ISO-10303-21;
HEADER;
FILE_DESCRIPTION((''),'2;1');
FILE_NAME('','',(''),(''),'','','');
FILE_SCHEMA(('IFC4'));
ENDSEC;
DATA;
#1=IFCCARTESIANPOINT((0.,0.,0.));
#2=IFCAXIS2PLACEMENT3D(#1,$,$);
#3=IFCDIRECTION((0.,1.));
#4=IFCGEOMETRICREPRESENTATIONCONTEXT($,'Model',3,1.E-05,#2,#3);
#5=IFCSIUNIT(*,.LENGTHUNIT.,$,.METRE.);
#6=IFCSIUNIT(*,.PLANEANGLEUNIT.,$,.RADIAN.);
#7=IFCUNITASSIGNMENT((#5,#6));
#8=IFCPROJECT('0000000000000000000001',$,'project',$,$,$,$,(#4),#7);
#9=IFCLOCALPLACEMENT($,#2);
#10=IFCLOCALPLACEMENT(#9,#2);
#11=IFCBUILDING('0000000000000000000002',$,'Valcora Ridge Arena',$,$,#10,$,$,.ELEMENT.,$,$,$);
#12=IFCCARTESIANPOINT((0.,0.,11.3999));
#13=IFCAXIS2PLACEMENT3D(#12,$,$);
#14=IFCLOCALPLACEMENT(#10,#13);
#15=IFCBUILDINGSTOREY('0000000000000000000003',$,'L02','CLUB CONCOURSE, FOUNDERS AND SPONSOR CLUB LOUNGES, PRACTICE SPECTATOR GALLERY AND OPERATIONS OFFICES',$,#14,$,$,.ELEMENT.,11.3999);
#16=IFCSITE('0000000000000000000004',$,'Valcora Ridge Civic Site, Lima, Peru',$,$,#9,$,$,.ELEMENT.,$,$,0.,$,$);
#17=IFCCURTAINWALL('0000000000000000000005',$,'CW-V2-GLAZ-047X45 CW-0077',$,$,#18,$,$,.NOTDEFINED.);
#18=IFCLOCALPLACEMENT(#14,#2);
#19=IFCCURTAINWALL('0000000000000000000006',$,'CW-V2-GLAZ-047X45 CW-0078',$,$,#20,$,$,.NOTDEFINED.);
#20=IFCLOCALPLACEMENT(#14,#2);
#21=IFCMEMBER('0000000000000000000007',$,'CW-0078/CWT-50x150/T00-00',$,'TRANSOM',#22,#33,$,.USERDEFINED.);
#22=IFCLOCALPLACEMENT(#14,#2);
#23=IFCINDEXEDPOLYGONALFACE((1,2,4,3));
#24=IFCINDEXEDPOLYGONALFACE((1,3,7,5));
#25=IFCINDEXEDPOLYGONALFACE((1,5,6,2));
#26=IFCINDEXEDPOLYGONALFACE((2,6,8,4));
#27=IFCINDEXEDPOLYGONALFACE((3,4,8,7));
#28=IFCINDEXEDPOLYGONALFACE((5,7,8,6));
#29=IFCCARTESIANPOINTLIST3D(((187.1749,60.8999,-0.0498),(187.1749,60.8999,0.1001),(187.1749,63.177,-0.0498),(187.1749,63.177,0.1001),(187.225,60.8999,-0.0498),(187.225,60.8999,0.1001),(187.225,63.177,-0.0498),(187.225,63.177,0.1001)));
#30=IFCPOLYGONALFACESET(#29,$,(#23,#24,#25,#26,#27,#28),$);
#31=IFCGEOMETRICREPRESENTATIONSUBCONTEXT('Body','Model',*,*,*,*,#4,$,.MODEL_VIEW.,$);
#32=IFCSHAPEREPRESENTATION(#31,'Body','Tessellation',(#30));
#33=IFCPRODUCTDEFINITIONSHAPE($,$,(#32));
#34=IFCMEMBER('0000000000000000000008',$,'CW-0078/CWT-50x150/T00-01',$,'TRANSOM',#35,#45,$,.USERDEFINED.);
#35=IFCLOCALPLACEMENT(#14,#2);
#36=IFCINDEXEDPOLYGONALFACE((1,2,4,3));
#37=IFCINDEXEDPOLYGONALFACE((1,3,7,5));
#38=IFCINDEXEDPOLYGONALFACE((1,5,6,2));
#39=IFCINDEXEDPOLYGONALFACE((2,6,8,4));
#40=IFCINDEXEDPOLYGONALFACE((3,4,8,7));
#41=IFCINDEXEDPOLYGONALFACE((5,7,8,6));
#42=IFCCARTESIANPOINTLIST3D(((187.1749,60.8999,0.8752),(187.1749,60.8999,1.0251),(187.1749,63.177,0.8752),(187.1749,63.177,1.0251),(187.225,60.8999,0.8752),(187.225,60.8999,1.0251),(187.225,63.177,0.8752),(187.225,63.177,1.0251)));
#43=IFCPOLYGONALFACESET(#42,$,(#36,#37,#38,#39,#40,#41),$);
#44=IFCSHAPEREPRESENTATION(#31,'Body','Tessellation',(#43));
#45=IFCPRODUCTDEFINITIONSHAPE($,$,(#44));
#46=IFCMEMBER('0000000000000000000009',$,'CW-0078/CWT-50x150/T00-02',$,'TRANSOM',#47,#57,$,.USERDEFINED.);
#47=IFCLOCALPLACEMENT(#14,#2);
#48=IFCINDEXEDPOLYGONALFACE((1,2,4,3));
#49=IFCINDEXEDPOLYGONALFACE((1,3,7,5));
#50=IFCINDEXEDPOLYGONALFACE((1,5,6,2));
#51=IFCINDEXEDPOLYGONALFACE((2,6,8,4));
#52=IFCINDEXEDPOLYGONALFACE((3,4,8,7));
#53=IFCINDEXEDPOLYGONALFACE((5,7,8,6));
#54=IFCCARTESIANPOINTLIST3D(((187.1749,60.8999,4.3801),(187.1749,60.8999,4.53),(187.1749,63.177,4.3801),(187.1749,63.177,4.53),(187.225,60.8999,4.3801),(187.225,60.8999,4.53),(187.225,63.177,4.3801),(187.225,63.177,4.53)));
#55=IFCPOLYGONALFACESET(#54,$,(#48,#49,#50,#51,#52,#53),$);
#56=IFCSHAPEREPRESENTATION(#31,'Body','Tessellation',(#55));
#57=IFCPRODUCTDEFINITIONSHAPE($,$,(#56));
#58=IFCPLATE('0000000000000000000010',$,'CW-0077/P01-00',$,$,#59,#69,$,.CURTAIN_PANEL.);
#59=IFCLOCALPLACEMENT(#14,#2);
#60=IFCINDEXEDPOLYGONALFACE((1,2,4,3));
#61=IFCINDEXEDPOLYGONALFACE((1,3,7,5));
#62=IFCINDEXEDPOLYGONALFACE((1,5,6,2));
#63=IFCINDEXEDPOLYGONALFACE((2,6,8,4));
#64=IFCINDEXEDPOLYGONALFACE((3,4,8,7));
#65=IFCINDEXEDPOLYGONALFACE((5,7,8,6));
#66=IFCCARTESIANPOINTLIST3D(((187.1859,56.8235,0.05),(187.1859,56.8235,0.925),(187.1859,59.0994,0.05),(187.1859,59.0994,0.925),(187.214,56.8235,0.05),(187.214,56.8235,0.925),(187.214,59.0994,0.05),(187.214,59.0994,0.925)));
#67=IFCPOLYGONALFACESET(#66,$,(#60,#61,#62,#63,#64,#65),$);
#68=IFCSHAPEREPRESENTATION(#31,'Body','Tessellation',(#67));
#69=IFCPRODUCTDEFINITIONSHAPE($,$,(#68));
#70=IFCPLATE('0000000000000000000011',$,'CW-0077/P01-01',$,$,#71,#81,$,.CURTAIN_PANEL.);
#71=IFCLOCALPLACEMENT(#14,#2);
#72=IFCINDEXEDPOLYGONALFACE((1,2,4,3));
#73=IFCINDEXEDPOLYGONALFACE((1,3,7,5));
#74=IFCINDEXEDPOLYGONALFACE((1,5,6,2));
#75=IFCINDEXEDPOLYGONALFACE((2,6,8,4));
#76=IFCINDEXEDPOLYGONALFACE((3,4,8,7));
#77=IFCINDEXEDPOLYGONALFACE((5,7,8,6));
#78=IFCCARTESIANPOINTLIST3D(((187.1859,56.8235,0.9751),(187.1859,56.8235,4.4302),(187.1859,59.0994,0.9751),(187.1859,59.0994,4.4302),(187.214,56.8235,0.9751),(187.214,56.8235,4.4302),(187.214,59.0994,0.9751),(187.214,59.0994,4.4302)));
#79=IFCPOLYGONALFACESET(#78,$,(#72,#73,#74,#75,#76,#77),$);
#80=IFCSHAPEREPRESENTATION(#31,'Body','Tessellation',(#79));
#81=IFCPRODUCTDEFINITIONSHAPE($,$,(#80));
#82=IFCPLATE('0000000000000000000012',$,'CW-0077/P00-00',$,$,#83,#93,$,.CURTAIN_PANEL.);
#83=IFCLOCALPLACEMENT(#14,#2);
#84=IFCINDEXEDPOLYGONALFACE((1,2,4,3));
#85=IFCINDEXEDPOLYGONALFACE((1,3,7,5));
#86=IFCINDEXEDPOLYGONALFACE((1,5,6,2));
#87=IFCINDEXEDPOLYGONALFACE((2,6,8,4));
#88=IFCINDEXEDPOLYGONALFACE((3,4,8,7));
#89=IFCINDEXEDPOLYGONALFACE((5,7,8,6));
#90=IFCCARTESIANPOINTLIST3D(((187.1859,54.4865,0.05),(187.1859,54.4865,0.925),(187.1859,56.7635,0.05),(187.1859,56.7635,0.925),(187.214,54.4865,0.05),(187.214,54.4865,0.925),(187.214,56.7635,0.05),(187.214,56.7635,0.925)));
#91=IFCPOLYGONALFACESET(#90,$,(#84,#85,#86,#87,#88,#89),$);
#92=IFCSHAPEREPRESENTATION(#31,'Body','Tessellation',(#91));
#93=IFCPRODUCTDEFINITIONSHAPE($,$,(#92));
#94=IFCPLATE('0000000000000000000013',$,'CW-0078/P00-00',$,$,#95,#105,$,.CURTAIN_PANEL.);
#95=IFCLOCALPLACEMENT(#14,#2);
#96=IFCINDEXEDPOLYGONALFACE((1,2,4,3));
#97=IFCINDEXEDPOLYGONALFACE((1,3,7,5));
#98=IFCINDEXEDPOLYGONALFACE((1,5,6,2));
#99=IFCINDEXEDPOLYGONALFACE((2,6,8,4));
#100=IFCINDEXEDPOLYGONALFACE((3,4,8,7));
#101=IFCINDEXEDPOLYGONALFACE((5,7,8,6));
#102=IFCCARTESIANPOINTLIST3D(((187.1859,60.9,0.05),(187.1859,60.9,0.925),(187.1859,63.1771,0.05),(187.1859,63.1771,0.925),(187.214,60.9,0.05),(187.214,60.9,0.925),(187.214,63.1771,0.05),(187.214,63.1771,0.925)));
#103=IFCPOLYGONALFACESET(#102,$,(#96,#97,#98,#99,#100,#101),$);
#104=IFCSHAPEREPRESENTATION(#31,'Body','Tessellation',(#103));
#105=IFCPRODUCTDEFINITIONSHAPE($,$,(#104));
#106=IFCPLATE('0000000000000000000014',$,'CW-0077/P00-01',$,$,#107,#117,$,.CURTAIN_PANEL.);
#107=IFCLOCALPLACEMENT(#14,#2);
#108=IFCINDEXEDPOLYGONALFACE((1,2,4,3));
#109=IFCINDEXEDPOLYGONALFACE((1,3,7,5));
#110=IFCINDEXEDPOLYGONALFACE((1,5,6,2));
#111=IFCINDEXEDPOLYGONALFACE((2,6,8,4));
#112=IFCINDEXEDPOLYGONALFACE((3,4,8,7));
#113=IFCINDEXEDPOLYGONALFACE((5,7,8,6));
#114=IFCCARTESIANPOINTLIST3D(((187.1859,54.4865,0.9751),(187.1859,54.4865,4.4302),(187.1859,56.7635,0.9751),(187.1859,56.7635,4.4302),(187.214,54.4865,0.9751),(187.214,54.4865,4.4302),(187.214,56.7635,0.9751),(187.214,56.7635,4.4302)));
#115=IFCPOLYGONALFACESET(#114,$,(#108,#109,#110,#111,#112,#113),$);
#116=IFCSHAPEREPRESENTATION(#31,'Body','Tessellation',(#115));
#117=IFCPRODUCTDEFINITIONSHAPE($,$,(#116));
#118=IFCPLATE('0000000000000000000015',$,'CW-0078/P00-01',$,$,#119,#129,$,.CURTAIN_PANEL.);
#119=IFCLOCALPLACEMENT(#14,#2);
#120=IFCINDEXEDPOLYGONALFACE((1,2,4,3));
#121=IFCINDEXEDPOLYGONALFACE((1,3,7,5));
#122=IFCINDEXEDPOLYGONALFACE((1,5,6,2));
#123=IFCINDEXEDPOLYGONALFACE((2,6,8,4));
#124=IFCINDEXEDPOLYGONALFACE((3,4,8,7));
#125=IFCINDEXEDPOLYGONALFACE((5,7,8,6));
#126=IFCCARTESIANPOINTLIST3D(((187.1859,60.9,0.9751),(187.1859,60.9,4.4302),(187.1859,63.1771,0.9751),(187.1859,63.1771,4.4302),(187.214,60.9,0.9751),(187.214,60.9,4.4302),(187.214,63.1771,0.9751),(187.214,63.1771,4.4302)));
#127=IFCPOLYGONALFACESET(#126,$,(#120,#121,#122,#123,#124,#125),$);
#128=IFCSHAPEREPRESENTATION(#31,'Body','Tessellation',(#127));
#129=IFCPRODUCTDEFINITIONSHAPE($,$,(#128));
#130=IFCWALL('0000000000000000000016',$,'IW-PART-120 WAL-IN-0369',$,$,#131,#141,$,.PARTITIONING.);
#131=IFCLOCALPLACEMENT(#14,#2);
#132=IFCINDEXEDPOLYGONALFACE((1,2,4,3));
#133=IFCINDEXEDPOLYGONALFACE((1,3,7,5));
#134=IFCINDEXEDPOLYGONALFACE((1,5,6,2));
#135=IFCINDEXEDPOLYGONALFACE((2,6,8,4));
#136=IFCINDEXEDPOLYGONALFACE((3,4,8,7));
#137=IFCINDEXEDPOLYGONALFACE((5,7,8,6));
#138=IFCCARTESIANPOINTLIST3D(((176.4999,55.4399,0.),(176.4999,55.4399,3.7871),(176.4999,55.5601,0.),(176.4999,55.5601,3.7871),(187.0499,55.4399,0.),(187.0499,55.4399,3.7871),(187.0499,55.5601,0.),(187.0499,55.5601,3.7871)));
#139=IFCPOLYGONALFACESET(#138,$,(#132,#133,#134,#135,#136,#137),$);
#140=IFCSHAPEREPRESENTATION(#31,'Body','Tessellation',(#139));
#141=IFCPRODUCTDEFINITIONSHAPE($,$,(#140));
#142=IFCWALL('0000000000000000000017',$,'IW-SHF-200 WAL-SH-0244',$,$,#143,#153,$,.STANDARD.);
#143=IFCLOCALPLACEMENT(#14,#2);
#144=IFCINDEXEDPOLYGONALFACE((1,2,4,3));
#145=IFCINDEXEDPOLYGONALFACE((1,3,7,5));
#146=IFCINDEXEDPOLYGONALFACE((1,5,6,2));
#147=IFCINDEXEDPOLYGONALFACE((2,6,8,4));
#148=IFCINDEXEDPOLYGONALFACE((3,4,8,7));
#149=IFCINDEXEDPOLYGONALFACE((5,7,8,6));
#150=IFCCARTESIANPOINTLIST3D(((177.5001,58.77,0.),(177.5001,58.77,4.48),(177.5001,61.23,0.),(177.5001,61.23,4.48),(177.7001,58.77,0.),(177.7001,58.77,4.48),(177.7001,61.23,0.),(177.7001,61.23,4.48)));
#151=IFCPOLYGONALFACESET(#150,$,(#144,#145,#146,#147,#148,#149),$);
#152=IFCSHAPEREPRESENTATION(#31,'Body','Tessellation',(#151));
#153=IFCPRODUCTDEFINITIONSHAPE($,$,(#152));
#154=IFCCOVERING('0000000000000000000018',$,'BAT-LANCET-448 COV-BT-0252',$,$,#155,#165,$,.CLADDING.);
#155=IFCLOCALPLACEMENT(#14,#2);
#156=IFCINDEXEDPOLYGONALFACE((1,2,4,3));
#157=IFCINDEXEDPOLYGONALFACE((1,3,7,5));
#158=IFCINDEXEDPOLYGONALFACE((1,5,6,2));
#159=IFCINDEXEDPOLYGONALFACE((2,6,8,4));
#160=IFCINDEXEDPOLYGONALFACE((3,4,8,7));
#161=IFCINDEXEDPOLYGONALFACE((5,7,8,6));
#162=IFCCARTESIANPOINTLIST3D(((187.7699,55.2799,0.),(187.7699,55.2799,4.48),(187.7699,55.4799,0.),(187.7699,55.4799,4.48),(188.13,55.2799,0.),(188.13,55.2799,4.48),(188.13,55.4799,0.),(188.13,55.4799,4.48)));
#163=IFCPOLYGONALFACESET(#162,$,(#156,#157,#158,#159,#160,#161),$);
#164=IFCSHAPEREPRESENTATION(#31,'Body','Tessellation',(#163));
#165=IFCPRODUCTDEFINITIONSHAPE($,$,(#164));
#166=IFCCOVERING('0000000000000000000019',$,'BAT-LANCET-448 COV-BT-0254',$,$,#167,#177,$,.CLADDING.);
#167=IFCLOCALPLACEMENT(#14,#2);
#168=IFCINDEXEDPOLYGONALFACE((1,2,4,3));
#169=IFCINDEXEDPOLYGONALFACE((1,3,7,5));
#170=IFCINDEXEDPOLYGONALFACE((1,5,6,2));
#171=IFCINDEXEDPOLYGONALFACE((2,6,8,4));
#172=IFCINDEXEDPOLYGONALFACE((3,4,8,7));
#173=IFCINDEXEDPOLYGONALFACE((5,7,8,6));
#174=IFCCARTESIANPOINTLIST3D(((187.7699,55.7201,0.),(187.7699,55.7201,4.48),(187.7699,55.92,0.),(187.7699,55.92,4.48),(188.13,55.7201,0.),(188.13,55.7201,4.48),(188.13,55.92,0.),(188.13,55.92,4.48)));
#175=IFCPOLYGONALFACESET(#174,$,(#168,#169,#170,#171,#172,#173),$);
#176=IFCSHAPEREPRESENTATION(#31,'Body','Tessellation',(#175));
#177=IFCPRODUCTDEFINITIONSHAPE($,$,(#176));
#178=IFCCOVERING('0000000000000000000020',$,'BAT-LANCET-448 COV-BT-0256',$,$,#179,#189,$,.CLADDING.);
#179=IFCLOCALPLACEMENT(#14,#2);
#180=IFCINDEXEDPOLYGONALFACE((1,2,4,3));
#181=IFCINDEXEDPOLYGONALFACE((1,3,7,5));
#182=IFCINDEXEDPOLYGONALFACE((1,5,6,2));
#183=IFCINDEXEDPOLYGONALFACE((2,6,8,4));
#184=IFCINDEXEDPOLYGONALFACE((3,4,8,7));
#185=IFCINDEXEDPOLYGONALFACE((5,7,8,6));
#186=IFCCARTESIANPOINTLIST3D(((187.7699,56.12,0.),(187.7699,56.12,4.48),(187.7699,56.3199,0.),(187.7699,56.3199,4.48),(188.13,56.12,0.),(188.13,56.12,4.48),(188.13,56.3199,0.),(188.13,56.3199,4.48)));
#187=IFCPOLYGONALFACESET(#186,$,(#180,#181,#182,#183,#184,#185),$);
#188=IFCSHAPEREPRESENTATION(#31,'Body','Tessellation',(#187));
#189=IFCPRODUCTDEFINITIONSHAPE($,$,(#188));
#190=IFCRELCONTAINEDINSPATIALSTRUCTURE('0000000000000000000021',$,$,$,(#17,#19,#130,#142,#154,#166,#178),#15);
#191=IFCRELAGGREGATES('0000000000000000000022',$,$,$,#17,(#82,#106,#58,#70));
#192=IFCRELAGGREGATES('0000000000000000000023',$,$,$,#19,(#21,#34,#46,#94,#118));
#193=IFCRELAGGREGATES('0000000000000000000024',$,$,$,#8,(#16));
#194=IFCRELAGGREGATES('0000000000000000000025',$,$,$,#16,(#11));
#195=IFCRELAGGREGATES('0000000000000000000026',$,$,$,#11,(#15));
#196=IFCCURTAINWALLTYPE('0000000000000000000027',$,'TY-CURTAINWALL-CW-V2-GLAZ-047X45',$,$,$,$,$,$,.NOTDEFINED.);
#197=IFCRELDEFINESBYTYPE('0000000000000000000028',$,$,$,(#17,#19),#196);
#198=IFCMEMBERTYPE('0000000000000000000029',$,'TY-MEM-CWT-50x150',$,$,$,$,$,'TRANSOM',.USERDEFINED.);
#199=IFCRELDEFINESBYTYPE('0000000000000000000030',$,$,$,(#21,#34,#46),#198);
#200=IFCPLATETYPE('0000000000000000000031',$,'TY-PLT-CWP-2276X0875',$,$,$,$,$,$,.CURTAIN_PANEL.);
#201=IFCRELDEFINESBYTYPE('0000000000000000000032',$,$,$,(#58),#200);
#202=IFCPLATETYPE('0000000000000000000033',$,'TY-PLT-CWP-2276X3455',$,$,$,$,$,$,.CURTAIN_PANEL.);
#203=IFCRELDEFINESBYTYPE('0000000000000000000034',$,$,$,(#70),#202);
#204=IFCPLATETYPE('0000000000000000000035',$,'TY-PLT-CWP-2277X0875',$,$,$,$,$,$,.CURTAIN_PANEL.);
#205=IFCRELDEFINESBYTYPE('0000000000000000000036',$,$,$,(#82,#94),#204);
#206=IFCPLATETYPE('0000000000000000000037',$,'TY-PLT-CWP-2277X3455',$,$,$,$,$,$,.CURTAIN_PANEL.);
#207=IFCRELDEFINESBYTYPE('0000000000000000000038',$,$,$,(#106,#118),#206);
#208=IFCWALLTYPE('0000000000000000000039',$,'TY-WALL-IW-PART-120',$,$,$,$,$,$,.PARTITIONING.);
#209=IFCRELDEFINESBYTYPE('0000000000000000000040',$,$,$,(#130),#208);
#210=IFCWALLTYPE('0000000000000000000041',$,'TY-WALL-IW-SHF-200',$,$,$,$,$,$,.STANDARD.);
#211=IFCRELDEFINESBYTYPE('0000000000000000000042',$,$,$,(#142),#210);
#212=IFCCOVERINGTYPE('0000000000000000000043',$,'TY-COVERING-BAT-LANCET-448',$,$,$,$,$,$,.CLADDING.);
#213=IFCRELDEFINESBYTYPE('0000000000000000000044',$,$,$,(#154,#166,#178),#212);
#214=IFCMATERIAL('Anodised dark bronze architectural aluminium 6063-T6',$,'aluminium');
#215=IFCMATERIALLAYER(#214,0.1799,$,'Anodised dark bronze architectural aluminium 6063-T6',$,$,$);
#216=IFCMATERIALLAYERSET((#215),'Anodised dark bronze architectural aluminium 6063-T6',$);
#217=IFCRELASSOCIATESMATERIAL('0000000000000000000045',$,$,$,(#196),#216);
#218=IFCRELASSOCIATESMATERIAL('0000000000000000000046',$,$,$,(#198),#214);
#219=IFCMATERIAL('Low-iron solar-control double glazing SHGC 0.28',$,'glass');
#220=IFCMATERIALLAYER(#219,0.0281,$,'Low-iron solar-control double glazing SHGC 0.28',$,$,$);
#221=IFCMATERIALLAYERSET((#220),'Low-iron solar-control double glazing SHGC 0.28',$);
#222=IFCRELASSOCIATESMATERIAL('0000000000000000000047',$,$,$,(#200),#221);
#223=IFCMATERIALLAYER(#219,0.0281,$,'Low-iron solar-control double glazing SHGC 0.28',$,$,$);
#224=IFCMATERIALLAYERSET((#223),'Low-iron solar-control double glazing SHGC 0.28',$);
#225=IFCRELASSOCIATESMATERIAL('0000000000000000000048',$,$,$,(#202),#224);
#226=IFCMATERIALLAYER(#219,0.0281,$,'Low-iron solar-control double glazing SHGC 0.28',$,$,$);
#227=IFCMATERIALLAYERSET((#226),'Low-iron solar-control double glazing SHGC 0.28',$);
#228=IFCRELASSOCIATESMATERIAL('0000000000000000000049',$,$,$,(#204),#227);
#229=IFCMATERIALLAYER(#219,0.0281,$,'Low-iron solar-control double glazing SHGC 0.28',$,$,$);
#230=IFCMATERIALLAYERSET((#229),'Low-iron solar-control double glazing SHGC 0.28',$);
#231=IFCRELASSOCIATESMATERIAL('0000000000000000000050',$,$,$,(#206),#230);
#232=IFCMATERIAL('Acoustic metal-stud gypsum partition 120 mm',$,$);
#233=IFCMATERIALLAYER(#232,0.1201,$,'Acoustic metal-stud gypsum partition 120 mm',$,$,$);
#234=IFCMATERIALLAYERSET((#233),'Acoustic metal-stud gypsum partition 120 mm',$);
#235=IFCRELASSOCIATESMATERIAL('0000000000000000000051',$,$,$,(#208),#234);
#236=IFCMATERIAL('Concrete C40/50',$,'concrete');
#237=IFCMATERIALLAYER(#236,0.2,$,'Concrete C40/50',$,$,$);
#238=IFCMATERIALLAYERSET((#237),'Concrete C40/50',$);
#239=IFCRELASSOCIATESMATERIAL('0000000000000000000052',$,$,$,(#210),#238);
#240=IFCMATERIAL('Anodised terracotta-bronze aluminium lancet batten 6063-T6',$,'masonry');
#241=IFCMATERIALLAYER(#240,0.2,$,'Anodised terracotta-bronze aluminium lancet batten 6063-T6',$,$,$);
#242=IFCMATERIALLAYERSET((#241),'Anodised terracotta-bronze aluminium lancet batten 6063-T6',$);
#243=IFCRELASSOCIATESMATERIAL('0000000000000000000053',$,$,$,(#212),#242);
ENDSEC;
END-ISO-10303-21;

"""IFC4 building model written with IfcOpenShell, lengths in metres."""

from ifc_helpers import new_model, si_unit, direction, frame, frame_2d, origin, origin_2d, place, context, subcontext, project, spatial, rectangle, extrude, material, layer, layer_set, material_profile, profile_set, type_object, element, aggregate, save


model = new_model("IFC4")

# Units and contexts
model_context = context("Model", 3, precision=1e-05, world=origin(), true_north=direction((0.0, 1.0)))
body_context = subcontext(model_context, "Body", "Model", "MODEL_VIEW")
ifc_project = project(units=[si_unit("LENGTHUNIT", "METRE"), si_unit("PLANEANGLEUNIT", "RADIAN")], contexts=[model_context])

# Site, building, storey
site_placement = place(None, origin())
site = spatial("IfcSite", under=ifc_project, at=site_placement, Name="Valcora Ridge Civic Site, Lima, Peru", CompositionType="ELEMENT", RefElevation=0.0)
building_placement = place(site_placement, origin())
building = spatial("IfcBuilding", under=site, at=building_placement, Name="Valcora Ridge Arena", CompositionType="ELEMENT")
storey_placement = place(building_placement, frame((0.0, 0.0, 11.3999)))
storey = spatial("IfcBuildingStorey", under=building, at=storey_placement, Name="L02", Description="CLUB CONCOURSE, FOUNDERS AND SPONSOR CLUB LOUNGES, PRACTICE SPECTATOR GALLERY AND OPERATIONS OFFICES", CompositionType="ELEMENT", Elevation=11.3999)

# Curtain wall
ifc_material_1 = material(Name="Anodised dark bronze architectural aluminium 6063-T6", Category="aluminium")
ifc_layer_1 = layer(ifc_material_1, 0.1799, Name="Anodised dark bronze architectural aluminium 6063-T6")
ifc_layer_set_1 = layer_set([ifc_layer_1], Name="Anodised dark bronze architectural aluminium 6063-T6")
curtain_wall_type = type_object("IfcCurtainWallType", Name="TY-CURTAINWALL-CW-V2-GLAZ-047X45", PredefinedType="NOTDEFINED", material=ifc_layer_set_1)
curtain_wall_1_placement = place(storey_placement, origin())
curtain_wall_1 = element("IfcCurtainWall", 1, at=curtain_wall_1_placement, inside=storey, type_object=curtain_wall_type, Name="CW-V2-GLAZ-047X45 CW-0077", PredefinedType="NOTDEFINED")

# Curtain wall
curtain_wall_2_placement = place(storey_placement, origin())
curtain_wall_2 = element("IfcCurtainWall", 2, at=curtain_wall_2_placement, inside=storey, type_object=curtain_wall_type, Name="CW-V2-GLAZ-047X45 CW-0078", PredefinedType="NOTDEFINED")

# Members
ifc_material_profile_1 = material_profile(ifc_material_1, rectangle(XDim=0.05, YDim=0.1499, at=origin_2d()), Name="ALU TRANSOM 50x150")
ifc_profile_set_1 = profile_set([ifc_material_profile_1], Name="Anodised dark bronze architectural aluminium 6063-T6")
member_type_1 = type_object("IfcMemberType", Name="TY-MEM-CWT-50x150", ElementType="TRANSOM", PredefinedType="USERDEFINED", material=ifc_profile_set_1)
member_1_placement = place(storey_placement, frame((187.2, 60.8999, 0.0251), z_axis=(0.0, 1.0, 0.0), x_axis=(-1.0, 0.0, 0.0)))
member_1 = element("IfcMember", 3, at=member_1_placement, type_object=member_type_1, Name="CW-0078/CWT-50x150/T00-00", ObjectType="TRANSOM", PredefinedType="USERDEFINED", context=body_context, shape_type="SweptSolid", body=[
    extrude(rectangle(XDim=0.05, YDim=0.1499, at=origin_2d()), origin(), (0.0, 0.0, 1.0), 2.2771),
])
member_2_placement = place(storey_placement, frame((187.2, 60.8999, 0.9502), z_axis=(0.0, 1.0, 0.0), x_axis=(-1.0, 0.0, 0.0)))
member_2 = element("IfcMember", 4, at=member_2_placement, type_object=member_type_1, Name="CW-0078/CWT-50x150/T00-01", ObjectType="TRANSOM", PredefinedType="USERDEFINED", context=body_context, shape_type="SweptSolid", body=[
    extrude(rectangle(XDim=0.05, YDim=0.1499, at=origin_2d()), origin(), (0.0, 0.0, 1.0), 2.2771),
])
member_3_placement = place(storey_placement, frame((187.2, 60.8999, 4.4551), z_axis=(0.0, 1.0, 0.0), x_axis=(-1.0, 0.0, 0.0)))
member_3 = element("IfcMember", 5, at=member_3_placement, type_object=member_type_1, Name="CW-0078/CWT-50x150/T00-02", ObjectType="TRANSOM", PredefinedType="USERDEFINED", context=body_context, shape_type="SweptSolid", body=[
    extrude(rectangle(XDim=0.05, YDim=0.1499, at=origin_2d()), origin(), (0.0, 0.0, 1.0), 2.2771),
])

# Plates
ifc_material_2 = material(Name="Low-iron solar-control double glazing SHGC 0.28", Category="glass")
ifc_layer_2 = layer(ifc_material_2, 0.0281, Name="Low-iron solar-control double glazing SHGC 0.28")
ifc_layer_set_2 = layer_set([ifc_layer_2], Name="Low-iron solar-control double glazing SHGC 0.28")
plate_type_1 = type_object("IfcPlateType", Name="TY-PLT-CWP-2276X0875", PredefinedType="CURTAIN_PANEL", material=ifc_layer_set_2)
plate_1_placement = place(storey_placement, frame((187.2, 57.9614, 0.05), z_axis=(0.0, 0.0, 1.0), x_axis=(0.0, 1.0, 0.0)))
plate_1 = element("IfcPlate", 6, at=plate_1_placement, type_object=plate_type_1, Name="CW-0077/P01-00", PredefinedType="CURTAIN_PANEL", context=body_context, shape_type="SweptSolid", body=[
    extrude(rectangle(XDim=2.2759, YDim=0.0281, at=origin_2d()), origin(), (0.0, 0.0, 1.0), 0.875),
])
ifc_layer_3 = layer(ifc_material_2, 0.0281, Name="Low-iron solar-control double glazing SHGC 0.28")
ifc_layer_set_3 = layer_set([ifc_layer_3], Name="Low-iron solar-control double glazing SHGC 0.28")
plate_type_2 = type_object("IfcPlateType", Name="TY-PLT-CWP-2276X3455", PredefinedType="CURTAIN_PANEL", material=ifc_layer_set_3)
plate_2_placement = place(storey_placement, frame((187.2, 57.9614, 0.9751), z_axis=(0.0, 0.0, 1.0), x_axis=(0.0, 1.0, 0.0)))
plate_2 = element("IfcPlate", 7, at=plate_2_placement, type_object=plate_type_2, Name="CW-0077/P01-01", PredefinedType="CURTAIN_PANEL", context=body_context, shape_type="SweptSolid", body=[
    extrude(rectangle(XDim=2.2759, YDim=0.0281, at=origin_2d()), origin(), (0.0, 0.0, 1.0), 3.4551),
])
ifc_layer_4 = layer(ifc_material_2, 0.0281, Name="Low-iron solar-control double glazing SHGC 0.28")
ifc_layer_set_4 = layer_set([ifc_layer_4], Name="Low-iron solar-control double glazing SHGC 0.28")
plate_type_3 = type_object("IfcPlateType", Name="TY-PLT-CWP-2277X0875", PredefinedType="CURTAIN_PANEL", material=ifc_layer_set_4)
plate_3_placement = place(storey_placement, frame((187.2, 55.625, 0.05), z_axis=(0.0, 0.0, 1.0), x_axis=(0.0, 1.0, 0.0)))
plate_3 = element("IfcPlate", 8, at=plate_3_placement, type_object=plate_type_3, Name="CW-0077/P00-00", PredefinedType="CURTAIN_PANEL", context=body_context, shape_type="SweptSolid", body=[
    extrude(rectangle(XDim=2.2771, YDim=0.0281, at=origin_2d()), origin(), (0.0, 0.0, 1.0), 0.875),
])
plate_4_placement = place(storey_placement, frame((187.2, 62.0386, 0.05), z_axis=(0.0, 0.0, 1.0), x_axis=(0.0, 1.0, 0.0)))
plate_4 = element("IfcPlate", 9, at=plate_4_placement, type_object=plate_type_3, Name="CW-0078/P00-00", PredefinedType="CURTAIN_PANEL", context=body_context, shape_type="SweptSolid", body=[
    extrude(rectangle(XDim=2.2771, YDim=0.0281, at=origin_2d()), origin(), (0.0, 0.0, 1.0), 0.875),
])
ifc_layer_5 = layer(ifc_material_2, 0.0281, Name="Low-iron solar-control double glazing SHGC 0.28")
ifc_layer_set_5 = layer_set([ifc_layer_5], Name="Low-iron solar-control double glazing SHGC 0.28")
plate_type_4 = type_object("IfcPlateType", Name="TY-PLT-CWP-2277X3455", PredefinedType="CURTAIN_PANEL", material=ifc_layer_set_5)
plate_5_placement = place(storey_placement, frame((187.2, 55.625, 0.9751), z_axis=(0.0, 0.0, 1.0), x_axis=(0.0, 1.0, 0.0)))
plate_5 = element("IfcPlate", 10, at=plate_5_placement, type_object=plate_type_4, Name="CW-0077/P00-01", PredefinedType="CURTAIN_PANEL", context=body_context, shape_type="SweptSolid", body=[
    extrude(rectangle(XDim=2.2771, YDim=0.0281, at=origin_2d()), origin(), (0.0, 0.0, 1.0), 3.4551),
])
aggregate(curtain_wall_1, [plate_3, plate_5, plate_1, plate_2])
plate_6_placement = place(storey_placement, frame((187.2, 62.0386, 0.9751), z_axis=(0.0, 0.0, 1.0), x_axis=(0.0, 1.0, 0.0)))
plate_6 = element("IfcPlate", 11, at=plate_6_placement, type_object=plate_type_4, Name="CW-0078/P00-01", PredefinedType="CURTAIN_PANEL", context=body_context, shape_type="SweptSolid", body=[
    extrude(rectangle(XDim=2.2771, YDim=0.0281, at=origin_2d()), origin(), (0.0, 0.0, 1.0), 3.4551),
])
aggregate(curtain_wall_2, [member_1, member_2, member_3, plate_4, plate_6])

# Walls
ifc_material_3 = material(Name="Acoustic metal-stud gypsum partition 120 mm")
ifc_layer_6 = layer(ifc_material_3, 0.1201, Name="Acoustic metal-stud gypsum partition 120 mm")
ifc_layer_set_6 = layer_set([ifc_layer_6], Name="Acoustic metal-stud gypsum partition 120 mm")
wall_type_1 = type_object("IfcWallType", Name="TY-WALL-IW-PART-120", PredefinedType="PARTITIONING", material=ifc_layer_set_6)
wall_1_placement = place(storey_placement, frame((176.5, 55.5, 0.0), z_axis=(0.0, 0.0, 1.0), x_axis=(1.0, 0.0, 0.0)))
element("IfcWall", 12, at=wall_1_placement, inside=storey, type_object=wall_type_1, Name="IW-PART-120 WAL-IN-0369", PredefinedType="PARTITIONING", context=body_context, shape_type="SweptSolid", body=[
    extrude(rectangle(XDim=10.55, YDim=0.1201, at=frame_2d((5.2749, 0.0))), origin(), (0.0, 0.0, 1.0), 3.7871),
])
ifc_material_4 = material(Name="Concrete C40/50", Category="concrete")
ifc_layer_7 = layer(ifc_material_4, 0.2, Name="Concrete C40/50")
ifc_layer_set_7 = layer_set([ifc_layer_7], Name="Concrete C40/50")
wall_type_2 = type_object("IfcWallType", Name="TY-WALL-IW-SHF-200", PredefinedType="STANDARD", material=ifc_layer_set_7)
wall_2_placement = place(storey_placement, frame((177.6001, 58.77, 0.0), z_axis=(0.0, 0.0, 1.0), x_axis=(0.0, 1.0, 0.0)))
element("IfcWall", 13, at=wall_2_placement, inside=storey, type_object=wall_type_2, Name="IW-SHF-200 WAL-SH-0244", PredefinedType="STANDARD", context=body_context, shape_type="SweptSolid", body=[
    extrude(rectangle(XDim=2.46, YDim=0.2, at=frame_2d((1.23, 0.0))), origin(), (0.0, 0.0, 1.0), 4.48),
])

# Coverings
ifc_material_5 = material(Name="Anodised terracotta-bronze aluminium lancet batten 6063-T6", Category="masonry")
ifc_layer_8 = layer(ifc_material_5, 0.2, Name="Anodised terracotta-bronze aluminium lancet batten 6063-T6")
ifc_layer_set_8 = layer_set([ifc_layer_8], Name="Anodised terracotta-bronze aluminium lancet batten 6063-T6")
covering_type = type_object("IfcCoveringType", Name="TY-COVERING-BAT-LANCET-448", PredefinedType="CLADDING", material=ifc_layer_set_8)
for number, where, z_axis, x_axis, name in (
    (14, (187.95, 55.3799, 0.0), (0.0, 0.0, 1.0), (1.0, 0.0, 0.0), "BAT-LANCET-448 COV-BT-0252"),
    (15, (187.95, 55.8201, 0.0), (0.0, 0.0, 1.0), (1.0, 0.0, 0.0), "BAT-LANCET-448 COV-BT-0254"),
    (16, (187.95, 56.22, 0.0), (0.0, 0.0, 1.0), (1.0, 0.0, 0.0), "BAT-LANCET-448 COV-BT-0256"),
):
    element("IfcCovering", number, at=place(storey_placement, frame(where, z_axis=z_axis, x_axis=x_axis)), inside=storey, type_object=covering_type, Name=name, PredefinedType="CLADDING", context=body_context, shape_type="SweptSolid", body=[
        extrude(rectangle(XDim=0.3601, YDim=0.2, at=origin_2d()), origin(), (0.0, 0.0, 1.0), 4.48),
    ])

save(model, "model.ifc")
